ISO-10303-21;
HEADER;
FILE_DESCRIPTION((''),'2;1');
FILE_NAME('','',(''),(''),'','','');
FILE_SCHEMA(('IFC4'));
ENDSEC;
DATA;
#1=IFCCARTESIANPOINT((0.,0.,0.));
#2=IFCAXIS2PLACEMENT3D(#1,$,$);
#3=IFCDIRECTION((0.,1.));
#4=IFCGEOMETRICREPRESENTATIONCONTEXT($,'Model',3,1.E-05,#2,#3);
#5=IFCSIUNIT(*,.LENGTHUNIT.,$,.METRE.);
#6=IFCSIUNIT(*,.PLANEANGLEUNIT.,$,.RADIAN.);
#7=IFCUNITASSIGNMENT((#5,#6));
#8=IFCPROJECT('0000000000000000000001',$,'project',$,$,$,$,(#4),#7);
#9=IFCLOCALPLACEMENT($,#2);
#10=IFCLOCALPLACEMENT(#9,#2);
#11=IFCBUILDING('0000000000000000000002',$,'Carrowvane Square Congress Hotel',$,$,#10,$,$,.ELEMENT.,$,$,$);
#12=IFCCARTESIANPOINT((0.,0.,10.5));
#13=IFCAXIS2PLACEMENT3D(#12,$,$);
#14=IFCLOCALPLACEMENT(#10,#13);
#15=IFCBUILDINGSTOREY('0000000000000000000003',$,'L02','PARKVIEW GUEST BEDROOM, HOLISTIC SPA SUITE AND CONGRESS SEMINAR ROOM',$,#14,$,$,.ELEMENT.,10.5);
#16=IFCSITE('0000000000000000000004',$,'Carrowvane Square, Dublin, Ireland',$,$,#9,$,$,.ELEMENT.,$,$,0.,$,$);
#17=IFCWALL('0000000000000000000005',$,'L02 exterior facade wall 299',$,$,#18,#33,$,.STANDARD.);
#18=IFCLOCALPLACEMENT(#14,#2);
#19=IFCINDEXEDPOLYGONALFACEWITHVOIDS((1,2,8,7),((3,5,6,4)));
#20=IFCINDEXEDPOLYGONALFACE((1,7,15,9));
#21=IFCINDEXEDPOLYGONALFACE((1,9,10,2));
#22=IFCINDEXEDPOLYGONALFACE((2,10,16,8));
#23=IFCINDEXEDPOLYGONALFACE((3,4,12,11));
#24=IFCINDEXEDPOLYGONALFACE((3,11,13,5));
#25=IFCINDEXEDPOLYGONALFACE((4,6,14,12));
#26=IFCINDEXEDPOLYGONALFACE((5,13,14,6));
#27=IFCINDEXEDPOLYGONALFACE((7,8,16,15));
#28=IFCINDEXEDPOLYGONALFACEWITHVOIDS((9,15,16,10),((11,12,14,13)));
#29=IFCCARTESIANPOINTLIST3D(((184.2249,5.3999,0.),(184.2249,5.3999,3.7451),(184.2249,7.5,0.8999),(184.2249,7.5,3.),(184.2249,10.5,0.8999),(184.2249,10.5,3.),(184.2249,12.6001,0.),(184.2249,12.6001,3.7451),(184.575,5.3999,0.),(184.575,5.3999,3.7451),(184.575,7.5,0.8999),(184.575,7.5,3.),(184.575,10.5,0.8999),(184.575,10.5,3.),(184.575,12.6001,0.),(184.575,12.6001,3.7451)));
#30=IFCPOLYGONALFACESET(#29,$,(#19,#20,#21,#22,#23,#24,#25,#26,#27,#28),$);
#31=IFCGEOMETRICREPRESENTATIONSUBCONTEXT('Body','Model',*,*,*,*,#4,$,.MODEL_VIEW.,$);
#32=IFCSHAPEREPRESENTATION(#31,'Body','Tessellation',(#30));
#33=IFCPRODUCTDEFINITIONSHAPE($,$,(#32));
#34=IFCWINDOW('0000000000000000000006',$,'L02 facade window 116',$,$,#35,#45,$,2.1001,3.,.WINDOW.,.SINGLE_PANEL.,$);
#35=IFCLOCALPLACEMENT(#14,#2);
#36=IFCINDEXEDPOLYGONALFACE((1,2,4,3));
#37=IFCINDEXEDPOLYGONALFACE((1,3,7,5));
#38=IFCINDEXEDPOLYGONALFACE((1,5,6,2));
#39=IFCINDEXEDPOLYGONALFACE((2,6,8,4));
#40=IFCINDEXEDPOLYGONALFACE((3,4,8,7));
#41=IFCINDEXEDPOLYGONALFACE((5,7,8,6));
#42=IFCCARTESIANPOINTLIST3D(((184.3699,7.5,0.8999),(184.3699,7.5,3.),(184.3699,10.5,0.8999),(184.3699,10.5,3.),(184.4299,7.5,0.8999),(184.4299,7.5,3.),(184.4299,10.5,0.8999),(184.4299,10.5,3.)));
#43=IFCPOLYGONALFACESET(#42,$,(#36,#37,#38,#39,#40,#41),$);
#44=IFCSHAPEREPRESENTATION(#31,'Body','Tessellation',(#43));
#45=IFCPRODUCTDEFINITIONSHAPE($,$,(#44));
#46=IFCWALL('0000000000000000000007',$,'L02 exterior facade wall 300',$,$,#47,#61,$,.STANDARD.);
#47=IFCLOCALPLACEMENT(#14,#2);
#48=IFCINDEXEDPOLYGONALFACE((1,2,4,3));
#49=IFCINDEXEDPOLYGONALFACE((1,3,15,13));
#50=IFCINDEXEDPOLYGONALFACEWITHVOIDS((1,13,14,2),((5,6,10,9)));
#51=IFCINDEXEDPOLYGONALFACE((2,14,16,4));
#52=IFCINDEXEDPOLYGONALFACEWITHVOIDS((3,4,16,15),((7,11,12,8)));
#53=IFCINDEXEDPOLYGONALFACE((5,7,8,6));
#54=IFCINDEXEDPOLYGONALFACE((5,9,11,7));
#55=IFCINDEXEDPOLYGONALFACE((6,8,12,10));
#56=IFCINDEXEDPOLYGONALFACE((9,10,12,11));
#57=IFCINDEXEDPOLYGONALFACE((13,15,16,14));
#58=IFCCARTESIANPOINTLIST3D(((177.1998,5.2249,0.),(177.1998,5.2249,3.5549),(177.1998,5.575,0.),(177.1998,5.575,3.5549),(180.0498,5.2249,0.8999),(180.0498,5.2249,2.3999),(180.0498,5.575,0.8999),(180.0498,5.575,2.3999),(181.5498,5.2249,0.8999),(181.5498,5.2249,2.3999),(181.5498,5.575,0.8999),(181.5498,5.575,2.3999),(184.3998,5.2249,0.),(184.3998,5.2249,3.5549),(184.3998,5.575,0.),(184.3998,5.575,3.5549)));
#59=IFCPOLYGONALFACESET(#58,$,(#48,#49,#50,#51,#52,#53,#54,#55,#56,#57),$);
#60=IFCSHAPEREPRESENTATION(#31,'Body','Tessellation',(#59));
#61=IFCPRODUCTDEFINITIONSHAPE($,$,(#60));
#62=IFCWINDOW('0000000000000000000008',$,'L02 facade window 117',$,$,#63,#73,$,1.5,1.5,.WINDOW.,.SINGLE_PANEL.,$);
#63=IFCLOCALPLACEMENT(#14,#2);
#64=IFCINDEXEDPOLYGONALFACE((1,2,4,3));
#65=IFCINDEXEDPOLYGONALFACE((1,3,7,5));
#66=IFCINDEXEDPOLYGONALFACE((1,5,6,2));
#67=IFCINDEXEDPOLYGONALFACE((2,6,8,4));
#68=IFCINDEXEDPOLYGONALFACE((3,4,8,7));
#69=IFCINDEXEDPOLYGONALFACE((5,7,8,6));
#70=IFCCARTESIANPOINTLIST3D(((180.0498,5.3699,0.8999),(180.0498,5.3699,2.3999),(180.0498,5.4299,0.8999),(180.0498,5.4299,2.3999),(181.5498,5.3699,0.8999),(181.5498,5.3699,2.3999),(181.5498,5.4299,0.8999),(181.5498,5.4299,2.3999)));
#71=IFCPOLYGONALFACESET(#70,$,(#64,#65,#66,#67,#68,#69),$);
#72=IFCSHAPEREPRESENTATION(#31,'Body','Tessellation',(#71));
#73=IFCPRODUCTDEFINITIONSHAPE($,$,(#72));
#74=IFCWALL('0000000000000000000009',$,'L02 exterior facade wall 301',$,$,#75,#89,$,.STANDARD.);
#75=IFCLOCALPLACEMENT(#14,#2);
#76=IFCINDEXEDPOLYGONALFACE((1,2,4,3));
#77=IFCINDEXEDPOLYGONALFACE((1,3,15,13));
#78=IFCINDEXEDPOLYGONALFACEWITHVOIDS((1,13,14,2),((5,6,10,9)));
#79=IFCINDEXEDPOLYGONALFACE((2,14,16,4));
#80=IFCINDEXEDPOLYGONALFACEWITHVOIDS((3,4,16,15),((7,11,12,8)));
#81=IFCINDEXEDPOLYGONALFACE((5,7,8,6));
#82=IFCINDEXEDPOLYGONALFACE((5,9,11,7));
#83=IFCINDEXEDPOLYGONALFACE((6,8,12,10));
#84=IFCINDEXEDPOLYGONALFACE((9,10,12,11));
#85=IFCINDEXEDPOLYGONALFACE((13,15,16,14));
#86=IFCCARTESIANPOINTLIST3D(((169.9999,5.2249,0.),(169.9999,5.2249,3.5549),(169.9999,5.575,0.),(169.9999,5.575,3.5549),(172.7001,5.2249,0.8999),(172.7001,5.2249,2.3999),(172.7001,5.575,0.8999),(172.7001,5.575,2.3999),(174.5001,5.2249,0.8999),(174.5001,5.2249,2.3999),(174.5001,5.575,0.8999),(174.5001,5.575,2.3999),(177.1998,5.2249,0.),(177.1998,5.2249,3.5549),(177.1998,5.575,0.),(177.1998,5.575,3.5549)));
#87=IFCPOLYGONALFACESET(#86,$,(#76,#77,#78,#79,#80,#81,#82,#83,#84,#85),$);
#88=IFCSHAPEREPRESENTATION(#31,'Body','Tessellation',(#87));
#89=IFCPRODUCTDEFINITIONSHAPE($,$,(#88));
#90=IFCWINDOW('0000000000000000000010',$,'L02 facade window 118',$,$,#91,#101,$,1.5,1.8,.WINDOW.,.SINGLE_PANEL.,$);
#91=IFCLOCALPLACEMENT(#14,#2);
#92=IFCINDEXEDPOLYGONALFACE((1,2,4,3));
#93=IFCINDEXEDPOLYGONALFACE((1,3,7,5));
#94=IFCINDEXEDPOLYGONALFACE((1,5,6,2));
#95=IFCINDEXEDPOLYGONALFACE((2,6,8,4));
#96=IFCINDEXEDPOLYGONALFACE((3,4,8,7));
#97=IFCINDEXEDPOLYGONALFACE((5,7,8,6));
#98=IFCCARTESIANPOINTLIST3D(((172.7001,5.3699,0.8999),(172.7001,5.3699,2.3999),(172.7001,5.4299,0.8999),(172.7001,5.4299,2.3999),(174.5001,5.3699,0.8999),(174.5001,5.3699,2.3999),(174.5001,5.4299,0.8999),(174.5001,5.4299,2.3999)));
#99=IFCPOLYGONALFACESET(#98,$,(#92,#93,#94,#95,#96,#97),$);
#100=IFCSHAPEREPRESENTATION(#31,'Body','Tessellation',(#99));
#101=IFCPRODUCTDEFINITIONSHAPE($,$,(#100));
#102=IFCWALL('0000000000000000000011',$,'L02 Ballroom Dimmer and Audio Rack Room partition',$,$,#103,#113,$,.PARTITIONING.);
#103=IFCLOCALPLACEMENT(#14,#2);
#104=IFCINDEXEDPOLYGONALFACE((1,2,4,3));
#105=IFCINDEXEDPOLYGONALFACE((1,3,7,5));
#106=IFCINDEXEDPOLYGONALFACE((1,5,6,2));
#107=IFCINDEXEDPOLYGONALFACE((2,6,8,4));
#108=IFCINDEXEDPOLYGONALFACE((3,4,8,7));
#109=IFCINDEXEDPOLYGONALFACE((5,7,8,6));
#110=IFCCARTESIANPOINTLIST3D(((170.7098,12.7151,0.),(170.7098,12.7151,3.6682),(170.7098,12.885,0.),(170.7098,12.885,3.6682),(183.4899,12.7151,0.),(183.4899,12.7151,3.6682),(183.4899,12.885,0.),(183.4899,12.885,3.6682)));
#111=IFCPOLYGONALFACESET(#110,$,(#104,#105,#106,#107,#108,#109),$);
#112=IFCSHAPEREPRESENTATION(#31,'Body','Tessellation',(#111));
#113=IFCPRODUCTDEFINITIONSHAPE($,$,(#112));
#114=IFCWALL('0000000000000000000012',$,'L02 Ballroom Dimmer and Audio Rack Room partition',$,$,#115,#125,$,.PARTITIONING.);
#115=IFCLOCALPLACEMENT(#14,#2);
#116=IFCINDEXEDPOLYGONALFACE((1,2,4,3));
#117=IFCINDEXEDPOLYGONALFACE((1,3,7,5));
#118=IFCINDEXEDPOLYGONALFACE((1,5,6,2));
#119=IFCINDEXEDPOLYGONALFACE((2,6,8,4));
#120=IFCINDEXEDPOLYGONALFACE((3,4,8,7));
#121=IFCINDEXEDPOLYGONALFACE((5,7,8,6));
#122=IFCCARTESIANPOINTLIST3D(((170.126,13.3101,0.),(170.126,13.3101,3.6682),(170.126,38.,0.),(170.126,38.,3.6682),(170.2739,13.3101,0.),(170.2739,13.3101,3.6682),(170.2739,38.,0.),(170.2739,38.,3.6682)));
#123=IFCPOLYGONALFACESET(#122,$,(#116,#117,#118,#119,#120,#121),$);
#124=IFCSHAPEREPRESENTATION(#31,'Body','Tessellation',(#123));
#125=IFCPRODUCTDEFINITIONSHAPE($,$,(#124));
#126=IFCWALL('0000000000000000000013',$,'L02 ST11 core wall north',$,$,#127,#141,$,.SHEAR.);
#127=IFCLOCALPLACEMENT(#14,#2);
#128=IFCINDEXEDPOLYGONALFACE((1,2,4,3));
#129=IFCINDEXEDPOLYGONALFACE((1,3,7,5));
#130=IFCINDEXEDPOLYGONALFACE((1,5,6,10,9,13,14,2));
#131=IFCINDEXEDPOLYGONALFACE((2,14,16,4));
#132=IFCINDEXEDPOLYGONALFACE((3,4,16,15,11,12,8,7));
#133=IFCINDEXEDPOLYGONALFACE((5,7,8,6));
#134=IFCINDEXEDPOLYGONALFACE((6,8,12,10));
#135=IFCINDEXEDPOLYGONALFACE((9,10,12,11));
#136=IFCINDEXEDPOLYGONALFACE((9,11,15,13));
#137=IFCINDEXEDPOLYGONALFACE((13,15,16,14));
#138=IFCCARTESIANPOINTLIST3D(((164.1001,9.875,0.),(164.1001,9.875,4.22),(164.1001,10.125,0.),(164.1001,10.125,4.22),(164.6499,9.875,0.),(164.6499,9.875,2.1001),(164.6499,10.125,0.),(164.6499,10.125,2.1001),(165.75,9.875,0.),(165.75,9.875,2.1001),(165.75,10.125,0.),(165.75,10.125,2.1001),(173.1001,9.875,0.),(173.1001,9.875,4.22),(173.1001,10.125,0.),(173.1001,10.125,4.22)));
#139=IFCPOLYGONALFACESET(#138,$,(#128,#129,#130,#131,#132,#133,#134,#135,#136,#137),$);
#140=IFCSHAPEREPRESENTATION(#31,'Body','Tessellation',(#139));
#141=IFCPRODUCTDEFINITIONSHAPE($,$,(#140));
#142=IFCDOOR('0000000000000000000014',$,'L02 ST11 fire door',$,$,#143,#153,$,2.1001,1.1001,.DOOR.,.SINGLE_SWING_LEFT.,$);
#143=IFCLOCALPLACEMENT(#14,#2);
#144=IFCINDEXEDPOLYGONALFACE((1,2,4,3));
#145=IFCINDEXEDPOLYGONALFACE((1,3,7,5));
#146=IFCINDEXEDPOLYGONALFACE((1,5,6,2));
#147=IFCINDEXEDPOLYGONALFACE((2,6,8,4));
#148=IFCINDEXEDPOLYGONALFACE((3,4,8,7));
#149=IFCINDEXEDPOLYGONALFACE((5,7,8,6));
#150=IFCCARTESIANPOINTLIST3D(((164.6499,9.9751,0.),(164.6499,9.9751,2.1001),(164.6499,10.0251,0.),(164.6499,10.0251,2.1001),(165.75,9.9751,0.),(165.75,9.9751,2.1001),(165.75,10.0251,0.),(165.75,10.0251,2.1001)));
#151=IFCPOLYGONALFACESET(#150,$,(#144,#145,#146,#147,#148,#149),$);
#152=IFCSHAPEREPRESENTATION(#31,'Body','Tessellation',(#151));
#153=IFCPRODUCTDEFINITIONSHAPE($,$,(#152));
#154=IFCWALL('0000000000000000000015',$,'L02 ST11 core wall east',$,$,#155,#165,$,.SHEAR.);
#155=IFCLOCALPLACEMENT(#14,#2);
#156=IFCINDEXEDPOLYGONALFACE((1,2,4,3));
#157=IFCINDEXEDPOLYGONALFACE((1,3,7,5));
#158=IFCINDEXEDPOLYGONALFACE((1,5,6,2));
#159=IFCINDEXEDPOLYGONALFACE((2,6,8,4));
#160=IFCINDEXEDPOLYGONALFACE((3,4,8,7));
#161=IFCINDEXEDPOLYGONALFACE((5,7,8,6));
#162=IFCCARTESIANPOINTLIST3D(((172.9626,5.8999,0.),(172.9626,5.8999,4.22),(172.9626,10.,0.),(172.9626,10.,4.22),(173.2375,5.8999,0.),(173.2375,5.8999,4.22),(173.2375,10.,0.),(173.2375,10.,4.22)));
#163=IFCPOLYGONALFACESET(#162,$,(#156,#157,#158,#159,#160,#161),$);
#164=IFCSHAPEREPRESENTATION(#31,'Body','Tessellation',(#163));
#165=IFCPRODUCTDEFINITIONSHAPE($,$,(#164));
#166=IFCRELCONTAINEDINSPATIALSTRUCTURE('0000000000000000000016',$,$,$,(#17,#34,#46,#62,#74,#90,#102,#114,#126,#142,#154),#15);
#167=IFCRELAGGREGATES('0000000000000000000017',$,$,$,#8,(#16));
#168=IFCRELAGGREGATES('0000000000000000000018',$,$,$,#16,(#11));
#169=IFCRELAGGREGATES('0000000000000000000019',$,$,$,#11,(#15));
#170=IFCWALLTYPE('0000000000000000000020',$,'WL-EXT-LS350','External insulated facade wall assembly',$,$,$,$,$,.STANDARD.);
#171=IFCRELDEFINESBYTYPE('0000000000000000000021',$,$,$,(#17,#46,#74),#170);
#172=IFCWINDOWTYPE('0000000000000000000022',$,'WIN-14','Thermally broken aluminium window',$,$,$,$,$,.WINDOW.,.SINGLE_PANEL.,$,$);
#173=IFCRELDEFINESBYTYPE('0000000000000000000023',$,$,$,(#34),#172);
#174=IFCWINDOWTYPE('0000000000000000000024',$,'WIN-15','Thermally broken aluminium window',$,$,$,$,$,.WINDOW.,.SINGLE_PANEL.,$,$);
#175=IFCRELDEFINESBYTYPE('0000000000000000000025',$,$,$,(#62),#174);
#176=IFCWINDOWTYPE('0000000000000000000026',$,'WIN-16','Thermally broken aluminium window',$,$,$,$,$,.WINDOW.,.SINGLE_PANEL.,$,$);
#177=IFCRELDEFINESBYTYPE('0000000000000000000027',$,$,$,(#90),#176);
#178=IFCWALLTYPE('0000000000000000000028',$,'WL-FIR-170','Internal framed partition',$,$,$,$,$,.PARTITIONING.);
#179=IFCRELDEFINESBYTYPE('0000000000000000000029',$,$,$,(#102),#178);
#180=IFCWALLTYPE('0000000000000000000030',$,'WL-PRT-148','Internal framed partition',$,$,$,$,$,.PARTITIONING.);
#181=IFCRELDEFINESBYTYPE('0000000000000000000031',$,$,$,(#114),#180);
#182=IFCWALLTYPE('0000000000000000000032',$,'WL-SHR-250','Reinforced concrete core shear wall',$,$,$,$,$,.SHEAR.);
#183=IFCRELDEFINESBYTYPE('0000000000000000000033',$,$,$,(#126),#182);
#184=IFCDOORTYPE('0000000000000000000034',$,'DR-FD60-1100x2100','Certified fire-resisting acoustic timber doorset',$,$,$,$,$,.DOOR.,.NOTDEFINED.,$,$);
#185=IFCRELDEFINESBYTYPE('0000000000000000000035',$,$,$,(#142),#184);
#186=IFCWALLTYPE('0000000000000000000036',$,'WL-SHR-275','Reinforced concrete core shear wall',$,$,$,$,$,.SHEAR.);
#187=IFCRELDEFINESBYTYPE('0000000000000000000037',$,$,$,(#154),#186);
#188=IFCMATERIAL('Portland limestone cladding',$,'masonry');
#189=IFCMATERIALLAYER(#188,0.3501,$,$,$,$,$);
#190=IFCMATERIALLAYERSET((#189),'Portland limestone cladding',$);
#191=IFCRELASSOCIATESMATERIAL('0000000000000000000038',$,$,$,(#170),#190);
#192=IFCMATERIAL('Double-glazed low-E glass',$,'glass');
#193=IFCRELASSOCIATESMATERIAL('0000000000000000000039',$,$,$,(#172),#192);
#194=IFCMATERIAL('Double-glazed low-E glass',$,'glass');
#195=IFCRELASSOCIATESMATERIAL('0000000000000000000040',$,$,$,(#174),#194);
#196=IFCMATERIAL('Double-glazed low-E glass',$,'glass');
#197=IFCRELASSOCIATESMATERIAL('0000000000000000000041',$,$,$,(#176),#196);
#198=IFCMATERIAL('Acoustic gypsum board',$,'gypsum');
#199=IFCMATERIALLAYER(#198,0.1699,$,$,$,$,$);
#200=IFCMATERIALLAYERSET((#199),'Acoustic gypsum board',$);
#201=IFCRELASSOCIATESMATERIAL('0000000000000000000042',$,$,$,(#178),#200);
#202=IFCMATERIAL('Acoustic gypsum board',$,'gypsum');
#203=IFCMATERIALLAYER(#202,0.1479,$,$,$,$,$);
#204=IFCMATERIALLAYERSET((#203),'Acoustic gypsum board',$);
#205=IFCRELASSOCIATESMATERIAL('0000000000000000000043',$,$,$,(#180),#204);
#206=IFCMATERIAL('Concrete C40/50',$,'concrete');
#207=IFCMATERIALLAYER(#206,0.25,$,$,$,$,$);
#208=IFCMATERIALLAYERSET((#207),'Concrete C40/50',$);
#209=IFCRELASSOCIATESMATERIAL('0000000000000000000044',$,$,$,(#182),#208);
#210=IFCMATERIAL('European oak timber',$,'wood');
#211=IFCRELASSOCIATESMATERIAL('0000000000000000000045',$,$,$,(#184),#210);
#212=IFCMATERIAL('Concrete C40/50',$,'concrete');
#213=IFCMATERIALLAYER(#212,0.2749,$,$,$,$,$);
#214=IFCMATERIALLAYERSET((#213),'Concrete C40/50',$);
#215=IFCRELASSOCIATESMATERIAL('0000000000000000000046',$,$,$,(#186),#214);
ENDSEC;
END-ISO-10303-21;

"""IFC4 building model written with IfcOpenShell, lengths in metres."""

from ifc_helpers import new_model, si_unit, direction, frame, frame_2d, origin, place, context, subcontext, project, spatial, rectangle, extrude, material, layer, layer_set, type_object, element, fill, save


model = new_model("IFC4")

# Units and contexts
model_context = context("Model", 3, precision=1e-05, world=origin(), true_north=direction((0.0, 1.0)))
body_context = subcontext(model_context, "Body", "Model", "MODEL_VIEW")
ifc_project = project(units=[si_unit("LENGTHUNIT", "METRE"), si_unit("PLANEANGLEUNIT", "RADIAN")], contexts=[model_context])

# Site, building, storey
site_placement = place(None, origin())
site = spatial("IfcSite", under=ifc_project, at=site_placement, Name="Carrowvane Square, Dublin, Ireland", CompositionType="ELEMENT", RefElevation=0.0)
building_placement = place(site_placement, origin())
building = spatial("IfcBuilding", under=site, at=building_placement, Name="Carrowvane Square Congress Hotel", CompositionType="ELEMENT")
storey_placement = place(building_placement, frame((0.0, 0.0, 10.5)))
storey = spatial("IfcBuildingStorey", under=building, at=storey_placement, Name="L02", Description="PARKVIEW GUEST BEDROOM, HOLISTIC SPA SUITE AND CONGRESS SEMINAR ROOM", CompositionType="ELEMENT", Elevation=10.5)

# Walls, openings, windows
ifc_material_1 = material(Name="Portland limestone cladding", Category="masonry")
ifc_layer_1 = layer(ifc_material_1, 0.3501)
ifc_layer_set_1 = layer_set([ifc_layer_1], Name="Portland limestone cladding")
wall_type_1 = type_object("IfcWallType", Name="WL-EXT-LS350", Description="External insulated facade wall assembly", PredefinedType="STANDARD", material=ifc_layer_set_1)
wall_1_placement = place(storey_placement, frame((184.3999, 12.6001, 0.0), z_axis=(0.0, 0.0, 1.0), x_axis=(0.0, -1.0, 0.0)))
wall_1 = element("IfcWall", 1, at=wall_1_placement, inside=storey, type_object=wall_type_1, Name="L02 exterior facade wall 299", PredefinedType="STANDARD", context=body_context, shape_type="SweptSolid", body=[
    extrude(rectangle(XDim=7.2002, YDim=0.3501, at=frame_2d((3.6001, 0.0))), origin(), (0.0, 0.0, 1.0), 3.7451),
])
opening_1_placement = place(wall_1_placement, frame((2.1001, 0.0, 0.8999)))
opening_1 = element("IfcOpeningElement", 2, at=opening_1_placement, cuts=wall_1, PredefinedType="OPENING", context=body_context, shape_type="SweptSolid", body=[
    extrude(rectangle(XDim=3.0, YDim=2.1001, at=frame_2d((1.5, 1.05))), frame((0.0, 0.1851, 0.0), z_axis=(0.0, -1.0, 0.0), x_axis=(1.0, 0.0, 0.0)), (0.0, 0.0, 1.0), 0.3701),
])
ifc_material_2 = material(Name="Double-glazed low-E glass", Category="glass")
window_type_1 = type_object("IfcWindowType", Name="WIN-14", Description="Thermally broken aluminium window", PartitioningType="SINGLE_PANEL", PredefinedType="WINDOW", material=ifc_material_2)
window_1_placement = place(opening_1_placement, origin())
window_1 = element("IfcWindow", 3, at=window_1_placement, inside=storey, type_object=window_type_1, Name="L02 facade window 116", OverallHeight=2.1001, OverallWidth=3.0, PartitioningType="SINGLE_PANEL", PredefinedType="WINDOW", context=body_context, shape_type="SweptSolid", body=[
    extrude(rectangle(XDim=3.0, YDim=2.1001, at=frame_2d((1.5, 1.05))), frame((0.0, 0.03, 0.0), z_axis=(0.0, -1.0, 0.0), x_axis=(1.0, 0.0, 0.0)), (0.0, 0.0, 1.0), 0.0601),
])
fill(opening_1, window_1)
wall_2_placement = place(storey_placement, frame((184.3999, 5.3999, 0.0), z_axis=(0.0, 0.0, 1.0), x_axis=(-1.0, 0.0, 0.0)))
wall_2 = element("IfcWall", 4, at=wall_2_placement, inside=storey, type_object=wall_type_1, Name="L02 exterior facade wall 300", PredefinedType="STANDARD", context=body_context, shape_type="SweptSolid", body=[
    extrude(rectangle(XDim=7.2, YDim=0.3501, at=frame_2d((3.6001, 0.0))), origin(), (0.0, 0.0, 1.0), 3.5549),
])
opening_2_placement = place(wall_2_placement, frame((2.8501, 0.0, 0.8999)))
opening_2 = element("IfcOpeningElement", 5, at=opening_2_placement, cuts=wall_2, PredefinedType="OPENING", context=body_context, shape_type="SweptSolid", body=[
    extrude(rectangle(XDim=1.5, YDim=1.5, at=frame_2d((0.75, 0.75))), frame((0.0, 0.1851, 0.0), z_axis=(0.0, -1.0, 0.0), x_axis=(1.0, 0.0, 0.0)), (0.0, 0.0, 1.0), 0.3701),
])
ifc_material_3 = material(Name="Double-glazed low-E glass", Category="glass")
window_type_2 = type_object("IfcWindowType", Name="WIN-15", Description="Thermally broken aluminium window", PartitioningType="SINGLE_PANEL", PredefinedType="WINDOW", material=ifc_material_3)
window_2_placement = place(opening_2_placement, origin())
window_2 = element("IfcWindow", 6, at=window_2_placement, inside=storey, type_object=window_type_2, Name="L02 facade window 117", OverallHeight=1.5, OverallWidth=1.5, PartitioningType="SINGLE_PANEL", PredefinedType="WINDOW", context=body_context, shape_type="SweptSolid", body=[
    extrude(rectangle(XDim=1.5, YDim=1.5, at=frame_2d((0.75, 0.75))), frame((0.0, 0.03, 0.0), z_axis=(0.0, -1.0, 0.0), x_axis=(1.0, 0.0, 0.0)), (0.0, 0.0, 1.0), 0.0601),
])
fill(opening_2, window_2)
wall_3_placement = place(storey_placement, frame((177.2, 5.3999, 0.0), z_axis=(0.0, 0.0, 1.0), x_axis=(-1.0, 0.0, 0.0)))
wall_3 = element("IfcWall", 7, at=wall_3_placement, inside=storey, type_object=wall_type_1, Name="L02 exterior facade wall 301", PredefinedType="STANDARD", context=body_context, shape_type="SweptSolid", body=[
    extrude(rectangle(XDim=7.2, YDim=0.3501, at=frame_2d((3.6001, 0.0))), origin(), (0.0, 0.0, 1.0), 3.5549),
])
opening_3_placement = place(wall_3_placement, frame((2.7, 0.0, 0.8999)))
opening_3 = element("IfcOpeningElement", 8, at=opening_3_placement, cuts=wall_3, PredefinedType="OPENING", context=body_context, shape_type="SweptSolid", body=[
    extrude(rectangle(XDim=1.8, YDim=1.5, at=frame_2d((0.8999, 0.75))), frame((0.0, 0.1851, 0.0), z_axis=(0.0, -1.0, 0.0), x_axis=(1.0, 0.0, 0.0)), (0.0, 0.0, 1.0), 0.3701),
])
ifc_material_4 = material(Name="Double-glazed low-E glass", Category="glass")
window_type_3 = type_object("IfcWindowType", Name="WIN-16", Description="Thermally broken aluminium window", PartitioningType="SINGLE_PANEL", PredefinedType="WINDOW", material=ifc_material_4)
window_3_placement = place(opening_3_placement, origin())
window_3 = element("IfcWindow", 9, at=window_3_placement, inside=storey, type_object=window_type_3, Name="L02 facade window 118", OverallHeight=1.5, OverallWidth=1.8, PartitioningType="SINGLE_PANEL", PredefinedType="WINDOW", context=body_context, shape_type="SweptSolid", body=[
    extrude(rectangle(XDim=1.8, YDim=1.5, at=frame_2d((0.8999, 0.75))), frame((0.0, 0.03, 0.0), z_axis=(0.0, -1.0, 0.0), x_axis=(1.0, 0.0, 0.0)), (0.0, 0.0, 1.0), 0.0601),
])
fill(opening_3, window_3)

# Walls
ifc_material_5 = material(Name="Acoustic gypsum board", Category="gypsum")
ifc_layer_2 = layer(ifc_material_5, 0.1699)
ifc_layer_set_2 = layer_set([ifc_layer_2], Name="Acoustic gypsum board")
wall_type_2 = type_object("IfcWallType", Name="WL-FIR-170", Description="Internal framed partition", PredefinedType="PARTITIONING", material=ifc_layer_set_2)
wall_4_placement = place(storey_placement, frame((183.49, 12.8, 0.0), z_axis=(0.0, 0.0, 1.0), x_axis=(-1.0, 0.0, 0.0)))
element("IfcWall", 10, at=wall_4_placement, inside=storey, type_object=wall_type_2, Name="L02 Ballroom Dimmer and Audio Rack Room partition", PredefinedType="PARTITIONING", context=body_context, shape_type="SweptSolid", body=[
    extrude(rectangle(XDim=12.78, YDim=0.1699, at=frame_2d((6.3901, 0.0))), origin(), (0.0, 0.0, 1.0), 3.6682),
])
ifc_material_6 = material(Name="Acoustic gypsum board", Category="gypsum")
ifc_layer_3 = layer(ifc_material_6, 0.1479)
ifc_layer_set_3 = layer_set([ifc_layer_3], Name="Acoustic gypsum board")
wall_type_3 = type_object("IfcWallType", Name="WL-PRT-148", Description="Internal framed partition", PredefinedType="PARTITIONING", material=ifc_layer_set_3)
wall_5_placement = place(storey_placement, frame((170.2, 13.3101, 0.0), z_axis=(0.0, 0.0, 1.0), x_axis=(0.0, 1.0, 0.0)))
element("IfcWall", 11, at=wall_5_placement, inside=storey, type_object=wall_type_3, Name="L02 Ballroom Dimmer and Audio Rack Room partition", PredefinedType="PARTITIONING", context=body_context, shape_type="SweptSolid", body=[
    extrude(rectangle(XDim=24.6899, YDim=0.1479, at=frame_2d((12.345, 0.0))), origin(), (0.0, 0.0, 1.0), 3.6682),
])

# Wall, opening, door
ifc_material_7 = material(Name="Concrete C40/50", Category="concrete")
ifc_layer_4 = layer(ifc_material_7, 0.25)
ifc_layer_set_4 = layer_set([ifc_layer_4], Name="Concrete C40/50")
wall_type_4 = type_object("IfcWallType", Name="WL-SHR-250", Description="Reinforced concrete core shear wall", PredefinedType="SHEAR", material=ifc_layer_set_4)
wall_6_placement = place(storey_placement, frame((173.1001, 10.0, 0.0), z_axis=(0.0, 0.0, 1.0), x_axis=(-1.0, 0.0, 0.0)))
wall_6 = element("IfcWall", 12, at=wall_6_placement, inside=storey, type_object=wall_type_4, Name="L02 ST11 core wall north", PredefinedType="SHEAR", context=body_context, shape_type="SweptSolid", body=[
    extrude(rectangle(XDim=9.0, YDim=0.25, at=frame_2d((4.5, 0.0))), origin(), (0.0, 0.0, 1.0), 4.22),
])
opening_4_placement = place(wall_6_placement, frame((7.3501, 0.0, 0.0)))
opening_4 = element("IfcOpeningElement", 13, at=opening_4_placement, cuts=wall_6, PredefinedType="OPENING", context=body_context, shape_type="SweptSolid", body=[
    extrude(rectangle(XDim=1.1001, YDim=2.1001, at=frame_2d((0.55, 1.05))), frame((0.0, 0.135, 0.0), z_axis=(0.0, -1.0, 0.0), x_axis=(1.0, 0.0, 0.0)), (0.0, 0.0, 1.0), 0.27),
])
ifc_material_8 = material(Name="European oak timber", Category="wood")
door_type = type_object("IfcDoorType", Name="DR-FD60-1100x2100", Description="Certified fire-resisting acoustic timber doorset", OperationType="NOTDEFINED", PredefinedType="DOOR", material=ifc_material_8)
door_placement = place(opening_4_placement, origin())
door = element("IfcDoor", 14, at=door_placement, inside=storey, type_object=door_type, Name="L02 ST11 fire door", OperationType="SINGLE_SWING_LEFT", OverallHeight=2.1001, OverallWidth=1.1001, PredefinedType="DOOR", context=body_context, shape_type="SweptSolid", body=[
    extrude(rectangle(XDim=1.1001, YDim=2.1001, at=frame_2d((0.55, 1.05))), frame((0.0, 0.0249, 0.0), z_axis=(0.0, -1.0, 0.0), x_axis=(1.0, 0.0, 0.0)), (0.0, 0.0, 1.0), 0.05),
])
fill(opening_4, door)

# Wall
ifc_material_9 = material(Name="Concrete C40/50", Category="concrete")
ifc_layer_5 = layer(ifc_material_9, 0.2749)
ifc_layer_set_5 = layer_set([ifc_layer_5], Name="Concrete C40/50")
wall_type_5 = type_object("IfcWallType", Name="WL-SHR-275", Description="Reinforced concrete core shear wall", PredefinedType="SHEAR", material=ifc_layer_set_5)
wall_7_placement = place(storey_placement, frame((173.1001, 5.8999, 0.0), z_axis=(0.0, 0.0, 1.0), x_axis=(0.0, 1.0, 0.0)))
element("IfcWall", 15, at=wall_7_placement, inside=storey, type_object=wall_type_5, Name="L02 ST11 core wall east", PredefinedType="SHEAR", context=body_context, shape_type="SweptSolid", body=[
    extrude(rectangle(XDim=4.1001, YDim=0.2749, at=frame_2d((2.05, 0.0))), origin(), (0.0, 0.0, 1.0), 4.22),
])

save(model, "model.ifc")
